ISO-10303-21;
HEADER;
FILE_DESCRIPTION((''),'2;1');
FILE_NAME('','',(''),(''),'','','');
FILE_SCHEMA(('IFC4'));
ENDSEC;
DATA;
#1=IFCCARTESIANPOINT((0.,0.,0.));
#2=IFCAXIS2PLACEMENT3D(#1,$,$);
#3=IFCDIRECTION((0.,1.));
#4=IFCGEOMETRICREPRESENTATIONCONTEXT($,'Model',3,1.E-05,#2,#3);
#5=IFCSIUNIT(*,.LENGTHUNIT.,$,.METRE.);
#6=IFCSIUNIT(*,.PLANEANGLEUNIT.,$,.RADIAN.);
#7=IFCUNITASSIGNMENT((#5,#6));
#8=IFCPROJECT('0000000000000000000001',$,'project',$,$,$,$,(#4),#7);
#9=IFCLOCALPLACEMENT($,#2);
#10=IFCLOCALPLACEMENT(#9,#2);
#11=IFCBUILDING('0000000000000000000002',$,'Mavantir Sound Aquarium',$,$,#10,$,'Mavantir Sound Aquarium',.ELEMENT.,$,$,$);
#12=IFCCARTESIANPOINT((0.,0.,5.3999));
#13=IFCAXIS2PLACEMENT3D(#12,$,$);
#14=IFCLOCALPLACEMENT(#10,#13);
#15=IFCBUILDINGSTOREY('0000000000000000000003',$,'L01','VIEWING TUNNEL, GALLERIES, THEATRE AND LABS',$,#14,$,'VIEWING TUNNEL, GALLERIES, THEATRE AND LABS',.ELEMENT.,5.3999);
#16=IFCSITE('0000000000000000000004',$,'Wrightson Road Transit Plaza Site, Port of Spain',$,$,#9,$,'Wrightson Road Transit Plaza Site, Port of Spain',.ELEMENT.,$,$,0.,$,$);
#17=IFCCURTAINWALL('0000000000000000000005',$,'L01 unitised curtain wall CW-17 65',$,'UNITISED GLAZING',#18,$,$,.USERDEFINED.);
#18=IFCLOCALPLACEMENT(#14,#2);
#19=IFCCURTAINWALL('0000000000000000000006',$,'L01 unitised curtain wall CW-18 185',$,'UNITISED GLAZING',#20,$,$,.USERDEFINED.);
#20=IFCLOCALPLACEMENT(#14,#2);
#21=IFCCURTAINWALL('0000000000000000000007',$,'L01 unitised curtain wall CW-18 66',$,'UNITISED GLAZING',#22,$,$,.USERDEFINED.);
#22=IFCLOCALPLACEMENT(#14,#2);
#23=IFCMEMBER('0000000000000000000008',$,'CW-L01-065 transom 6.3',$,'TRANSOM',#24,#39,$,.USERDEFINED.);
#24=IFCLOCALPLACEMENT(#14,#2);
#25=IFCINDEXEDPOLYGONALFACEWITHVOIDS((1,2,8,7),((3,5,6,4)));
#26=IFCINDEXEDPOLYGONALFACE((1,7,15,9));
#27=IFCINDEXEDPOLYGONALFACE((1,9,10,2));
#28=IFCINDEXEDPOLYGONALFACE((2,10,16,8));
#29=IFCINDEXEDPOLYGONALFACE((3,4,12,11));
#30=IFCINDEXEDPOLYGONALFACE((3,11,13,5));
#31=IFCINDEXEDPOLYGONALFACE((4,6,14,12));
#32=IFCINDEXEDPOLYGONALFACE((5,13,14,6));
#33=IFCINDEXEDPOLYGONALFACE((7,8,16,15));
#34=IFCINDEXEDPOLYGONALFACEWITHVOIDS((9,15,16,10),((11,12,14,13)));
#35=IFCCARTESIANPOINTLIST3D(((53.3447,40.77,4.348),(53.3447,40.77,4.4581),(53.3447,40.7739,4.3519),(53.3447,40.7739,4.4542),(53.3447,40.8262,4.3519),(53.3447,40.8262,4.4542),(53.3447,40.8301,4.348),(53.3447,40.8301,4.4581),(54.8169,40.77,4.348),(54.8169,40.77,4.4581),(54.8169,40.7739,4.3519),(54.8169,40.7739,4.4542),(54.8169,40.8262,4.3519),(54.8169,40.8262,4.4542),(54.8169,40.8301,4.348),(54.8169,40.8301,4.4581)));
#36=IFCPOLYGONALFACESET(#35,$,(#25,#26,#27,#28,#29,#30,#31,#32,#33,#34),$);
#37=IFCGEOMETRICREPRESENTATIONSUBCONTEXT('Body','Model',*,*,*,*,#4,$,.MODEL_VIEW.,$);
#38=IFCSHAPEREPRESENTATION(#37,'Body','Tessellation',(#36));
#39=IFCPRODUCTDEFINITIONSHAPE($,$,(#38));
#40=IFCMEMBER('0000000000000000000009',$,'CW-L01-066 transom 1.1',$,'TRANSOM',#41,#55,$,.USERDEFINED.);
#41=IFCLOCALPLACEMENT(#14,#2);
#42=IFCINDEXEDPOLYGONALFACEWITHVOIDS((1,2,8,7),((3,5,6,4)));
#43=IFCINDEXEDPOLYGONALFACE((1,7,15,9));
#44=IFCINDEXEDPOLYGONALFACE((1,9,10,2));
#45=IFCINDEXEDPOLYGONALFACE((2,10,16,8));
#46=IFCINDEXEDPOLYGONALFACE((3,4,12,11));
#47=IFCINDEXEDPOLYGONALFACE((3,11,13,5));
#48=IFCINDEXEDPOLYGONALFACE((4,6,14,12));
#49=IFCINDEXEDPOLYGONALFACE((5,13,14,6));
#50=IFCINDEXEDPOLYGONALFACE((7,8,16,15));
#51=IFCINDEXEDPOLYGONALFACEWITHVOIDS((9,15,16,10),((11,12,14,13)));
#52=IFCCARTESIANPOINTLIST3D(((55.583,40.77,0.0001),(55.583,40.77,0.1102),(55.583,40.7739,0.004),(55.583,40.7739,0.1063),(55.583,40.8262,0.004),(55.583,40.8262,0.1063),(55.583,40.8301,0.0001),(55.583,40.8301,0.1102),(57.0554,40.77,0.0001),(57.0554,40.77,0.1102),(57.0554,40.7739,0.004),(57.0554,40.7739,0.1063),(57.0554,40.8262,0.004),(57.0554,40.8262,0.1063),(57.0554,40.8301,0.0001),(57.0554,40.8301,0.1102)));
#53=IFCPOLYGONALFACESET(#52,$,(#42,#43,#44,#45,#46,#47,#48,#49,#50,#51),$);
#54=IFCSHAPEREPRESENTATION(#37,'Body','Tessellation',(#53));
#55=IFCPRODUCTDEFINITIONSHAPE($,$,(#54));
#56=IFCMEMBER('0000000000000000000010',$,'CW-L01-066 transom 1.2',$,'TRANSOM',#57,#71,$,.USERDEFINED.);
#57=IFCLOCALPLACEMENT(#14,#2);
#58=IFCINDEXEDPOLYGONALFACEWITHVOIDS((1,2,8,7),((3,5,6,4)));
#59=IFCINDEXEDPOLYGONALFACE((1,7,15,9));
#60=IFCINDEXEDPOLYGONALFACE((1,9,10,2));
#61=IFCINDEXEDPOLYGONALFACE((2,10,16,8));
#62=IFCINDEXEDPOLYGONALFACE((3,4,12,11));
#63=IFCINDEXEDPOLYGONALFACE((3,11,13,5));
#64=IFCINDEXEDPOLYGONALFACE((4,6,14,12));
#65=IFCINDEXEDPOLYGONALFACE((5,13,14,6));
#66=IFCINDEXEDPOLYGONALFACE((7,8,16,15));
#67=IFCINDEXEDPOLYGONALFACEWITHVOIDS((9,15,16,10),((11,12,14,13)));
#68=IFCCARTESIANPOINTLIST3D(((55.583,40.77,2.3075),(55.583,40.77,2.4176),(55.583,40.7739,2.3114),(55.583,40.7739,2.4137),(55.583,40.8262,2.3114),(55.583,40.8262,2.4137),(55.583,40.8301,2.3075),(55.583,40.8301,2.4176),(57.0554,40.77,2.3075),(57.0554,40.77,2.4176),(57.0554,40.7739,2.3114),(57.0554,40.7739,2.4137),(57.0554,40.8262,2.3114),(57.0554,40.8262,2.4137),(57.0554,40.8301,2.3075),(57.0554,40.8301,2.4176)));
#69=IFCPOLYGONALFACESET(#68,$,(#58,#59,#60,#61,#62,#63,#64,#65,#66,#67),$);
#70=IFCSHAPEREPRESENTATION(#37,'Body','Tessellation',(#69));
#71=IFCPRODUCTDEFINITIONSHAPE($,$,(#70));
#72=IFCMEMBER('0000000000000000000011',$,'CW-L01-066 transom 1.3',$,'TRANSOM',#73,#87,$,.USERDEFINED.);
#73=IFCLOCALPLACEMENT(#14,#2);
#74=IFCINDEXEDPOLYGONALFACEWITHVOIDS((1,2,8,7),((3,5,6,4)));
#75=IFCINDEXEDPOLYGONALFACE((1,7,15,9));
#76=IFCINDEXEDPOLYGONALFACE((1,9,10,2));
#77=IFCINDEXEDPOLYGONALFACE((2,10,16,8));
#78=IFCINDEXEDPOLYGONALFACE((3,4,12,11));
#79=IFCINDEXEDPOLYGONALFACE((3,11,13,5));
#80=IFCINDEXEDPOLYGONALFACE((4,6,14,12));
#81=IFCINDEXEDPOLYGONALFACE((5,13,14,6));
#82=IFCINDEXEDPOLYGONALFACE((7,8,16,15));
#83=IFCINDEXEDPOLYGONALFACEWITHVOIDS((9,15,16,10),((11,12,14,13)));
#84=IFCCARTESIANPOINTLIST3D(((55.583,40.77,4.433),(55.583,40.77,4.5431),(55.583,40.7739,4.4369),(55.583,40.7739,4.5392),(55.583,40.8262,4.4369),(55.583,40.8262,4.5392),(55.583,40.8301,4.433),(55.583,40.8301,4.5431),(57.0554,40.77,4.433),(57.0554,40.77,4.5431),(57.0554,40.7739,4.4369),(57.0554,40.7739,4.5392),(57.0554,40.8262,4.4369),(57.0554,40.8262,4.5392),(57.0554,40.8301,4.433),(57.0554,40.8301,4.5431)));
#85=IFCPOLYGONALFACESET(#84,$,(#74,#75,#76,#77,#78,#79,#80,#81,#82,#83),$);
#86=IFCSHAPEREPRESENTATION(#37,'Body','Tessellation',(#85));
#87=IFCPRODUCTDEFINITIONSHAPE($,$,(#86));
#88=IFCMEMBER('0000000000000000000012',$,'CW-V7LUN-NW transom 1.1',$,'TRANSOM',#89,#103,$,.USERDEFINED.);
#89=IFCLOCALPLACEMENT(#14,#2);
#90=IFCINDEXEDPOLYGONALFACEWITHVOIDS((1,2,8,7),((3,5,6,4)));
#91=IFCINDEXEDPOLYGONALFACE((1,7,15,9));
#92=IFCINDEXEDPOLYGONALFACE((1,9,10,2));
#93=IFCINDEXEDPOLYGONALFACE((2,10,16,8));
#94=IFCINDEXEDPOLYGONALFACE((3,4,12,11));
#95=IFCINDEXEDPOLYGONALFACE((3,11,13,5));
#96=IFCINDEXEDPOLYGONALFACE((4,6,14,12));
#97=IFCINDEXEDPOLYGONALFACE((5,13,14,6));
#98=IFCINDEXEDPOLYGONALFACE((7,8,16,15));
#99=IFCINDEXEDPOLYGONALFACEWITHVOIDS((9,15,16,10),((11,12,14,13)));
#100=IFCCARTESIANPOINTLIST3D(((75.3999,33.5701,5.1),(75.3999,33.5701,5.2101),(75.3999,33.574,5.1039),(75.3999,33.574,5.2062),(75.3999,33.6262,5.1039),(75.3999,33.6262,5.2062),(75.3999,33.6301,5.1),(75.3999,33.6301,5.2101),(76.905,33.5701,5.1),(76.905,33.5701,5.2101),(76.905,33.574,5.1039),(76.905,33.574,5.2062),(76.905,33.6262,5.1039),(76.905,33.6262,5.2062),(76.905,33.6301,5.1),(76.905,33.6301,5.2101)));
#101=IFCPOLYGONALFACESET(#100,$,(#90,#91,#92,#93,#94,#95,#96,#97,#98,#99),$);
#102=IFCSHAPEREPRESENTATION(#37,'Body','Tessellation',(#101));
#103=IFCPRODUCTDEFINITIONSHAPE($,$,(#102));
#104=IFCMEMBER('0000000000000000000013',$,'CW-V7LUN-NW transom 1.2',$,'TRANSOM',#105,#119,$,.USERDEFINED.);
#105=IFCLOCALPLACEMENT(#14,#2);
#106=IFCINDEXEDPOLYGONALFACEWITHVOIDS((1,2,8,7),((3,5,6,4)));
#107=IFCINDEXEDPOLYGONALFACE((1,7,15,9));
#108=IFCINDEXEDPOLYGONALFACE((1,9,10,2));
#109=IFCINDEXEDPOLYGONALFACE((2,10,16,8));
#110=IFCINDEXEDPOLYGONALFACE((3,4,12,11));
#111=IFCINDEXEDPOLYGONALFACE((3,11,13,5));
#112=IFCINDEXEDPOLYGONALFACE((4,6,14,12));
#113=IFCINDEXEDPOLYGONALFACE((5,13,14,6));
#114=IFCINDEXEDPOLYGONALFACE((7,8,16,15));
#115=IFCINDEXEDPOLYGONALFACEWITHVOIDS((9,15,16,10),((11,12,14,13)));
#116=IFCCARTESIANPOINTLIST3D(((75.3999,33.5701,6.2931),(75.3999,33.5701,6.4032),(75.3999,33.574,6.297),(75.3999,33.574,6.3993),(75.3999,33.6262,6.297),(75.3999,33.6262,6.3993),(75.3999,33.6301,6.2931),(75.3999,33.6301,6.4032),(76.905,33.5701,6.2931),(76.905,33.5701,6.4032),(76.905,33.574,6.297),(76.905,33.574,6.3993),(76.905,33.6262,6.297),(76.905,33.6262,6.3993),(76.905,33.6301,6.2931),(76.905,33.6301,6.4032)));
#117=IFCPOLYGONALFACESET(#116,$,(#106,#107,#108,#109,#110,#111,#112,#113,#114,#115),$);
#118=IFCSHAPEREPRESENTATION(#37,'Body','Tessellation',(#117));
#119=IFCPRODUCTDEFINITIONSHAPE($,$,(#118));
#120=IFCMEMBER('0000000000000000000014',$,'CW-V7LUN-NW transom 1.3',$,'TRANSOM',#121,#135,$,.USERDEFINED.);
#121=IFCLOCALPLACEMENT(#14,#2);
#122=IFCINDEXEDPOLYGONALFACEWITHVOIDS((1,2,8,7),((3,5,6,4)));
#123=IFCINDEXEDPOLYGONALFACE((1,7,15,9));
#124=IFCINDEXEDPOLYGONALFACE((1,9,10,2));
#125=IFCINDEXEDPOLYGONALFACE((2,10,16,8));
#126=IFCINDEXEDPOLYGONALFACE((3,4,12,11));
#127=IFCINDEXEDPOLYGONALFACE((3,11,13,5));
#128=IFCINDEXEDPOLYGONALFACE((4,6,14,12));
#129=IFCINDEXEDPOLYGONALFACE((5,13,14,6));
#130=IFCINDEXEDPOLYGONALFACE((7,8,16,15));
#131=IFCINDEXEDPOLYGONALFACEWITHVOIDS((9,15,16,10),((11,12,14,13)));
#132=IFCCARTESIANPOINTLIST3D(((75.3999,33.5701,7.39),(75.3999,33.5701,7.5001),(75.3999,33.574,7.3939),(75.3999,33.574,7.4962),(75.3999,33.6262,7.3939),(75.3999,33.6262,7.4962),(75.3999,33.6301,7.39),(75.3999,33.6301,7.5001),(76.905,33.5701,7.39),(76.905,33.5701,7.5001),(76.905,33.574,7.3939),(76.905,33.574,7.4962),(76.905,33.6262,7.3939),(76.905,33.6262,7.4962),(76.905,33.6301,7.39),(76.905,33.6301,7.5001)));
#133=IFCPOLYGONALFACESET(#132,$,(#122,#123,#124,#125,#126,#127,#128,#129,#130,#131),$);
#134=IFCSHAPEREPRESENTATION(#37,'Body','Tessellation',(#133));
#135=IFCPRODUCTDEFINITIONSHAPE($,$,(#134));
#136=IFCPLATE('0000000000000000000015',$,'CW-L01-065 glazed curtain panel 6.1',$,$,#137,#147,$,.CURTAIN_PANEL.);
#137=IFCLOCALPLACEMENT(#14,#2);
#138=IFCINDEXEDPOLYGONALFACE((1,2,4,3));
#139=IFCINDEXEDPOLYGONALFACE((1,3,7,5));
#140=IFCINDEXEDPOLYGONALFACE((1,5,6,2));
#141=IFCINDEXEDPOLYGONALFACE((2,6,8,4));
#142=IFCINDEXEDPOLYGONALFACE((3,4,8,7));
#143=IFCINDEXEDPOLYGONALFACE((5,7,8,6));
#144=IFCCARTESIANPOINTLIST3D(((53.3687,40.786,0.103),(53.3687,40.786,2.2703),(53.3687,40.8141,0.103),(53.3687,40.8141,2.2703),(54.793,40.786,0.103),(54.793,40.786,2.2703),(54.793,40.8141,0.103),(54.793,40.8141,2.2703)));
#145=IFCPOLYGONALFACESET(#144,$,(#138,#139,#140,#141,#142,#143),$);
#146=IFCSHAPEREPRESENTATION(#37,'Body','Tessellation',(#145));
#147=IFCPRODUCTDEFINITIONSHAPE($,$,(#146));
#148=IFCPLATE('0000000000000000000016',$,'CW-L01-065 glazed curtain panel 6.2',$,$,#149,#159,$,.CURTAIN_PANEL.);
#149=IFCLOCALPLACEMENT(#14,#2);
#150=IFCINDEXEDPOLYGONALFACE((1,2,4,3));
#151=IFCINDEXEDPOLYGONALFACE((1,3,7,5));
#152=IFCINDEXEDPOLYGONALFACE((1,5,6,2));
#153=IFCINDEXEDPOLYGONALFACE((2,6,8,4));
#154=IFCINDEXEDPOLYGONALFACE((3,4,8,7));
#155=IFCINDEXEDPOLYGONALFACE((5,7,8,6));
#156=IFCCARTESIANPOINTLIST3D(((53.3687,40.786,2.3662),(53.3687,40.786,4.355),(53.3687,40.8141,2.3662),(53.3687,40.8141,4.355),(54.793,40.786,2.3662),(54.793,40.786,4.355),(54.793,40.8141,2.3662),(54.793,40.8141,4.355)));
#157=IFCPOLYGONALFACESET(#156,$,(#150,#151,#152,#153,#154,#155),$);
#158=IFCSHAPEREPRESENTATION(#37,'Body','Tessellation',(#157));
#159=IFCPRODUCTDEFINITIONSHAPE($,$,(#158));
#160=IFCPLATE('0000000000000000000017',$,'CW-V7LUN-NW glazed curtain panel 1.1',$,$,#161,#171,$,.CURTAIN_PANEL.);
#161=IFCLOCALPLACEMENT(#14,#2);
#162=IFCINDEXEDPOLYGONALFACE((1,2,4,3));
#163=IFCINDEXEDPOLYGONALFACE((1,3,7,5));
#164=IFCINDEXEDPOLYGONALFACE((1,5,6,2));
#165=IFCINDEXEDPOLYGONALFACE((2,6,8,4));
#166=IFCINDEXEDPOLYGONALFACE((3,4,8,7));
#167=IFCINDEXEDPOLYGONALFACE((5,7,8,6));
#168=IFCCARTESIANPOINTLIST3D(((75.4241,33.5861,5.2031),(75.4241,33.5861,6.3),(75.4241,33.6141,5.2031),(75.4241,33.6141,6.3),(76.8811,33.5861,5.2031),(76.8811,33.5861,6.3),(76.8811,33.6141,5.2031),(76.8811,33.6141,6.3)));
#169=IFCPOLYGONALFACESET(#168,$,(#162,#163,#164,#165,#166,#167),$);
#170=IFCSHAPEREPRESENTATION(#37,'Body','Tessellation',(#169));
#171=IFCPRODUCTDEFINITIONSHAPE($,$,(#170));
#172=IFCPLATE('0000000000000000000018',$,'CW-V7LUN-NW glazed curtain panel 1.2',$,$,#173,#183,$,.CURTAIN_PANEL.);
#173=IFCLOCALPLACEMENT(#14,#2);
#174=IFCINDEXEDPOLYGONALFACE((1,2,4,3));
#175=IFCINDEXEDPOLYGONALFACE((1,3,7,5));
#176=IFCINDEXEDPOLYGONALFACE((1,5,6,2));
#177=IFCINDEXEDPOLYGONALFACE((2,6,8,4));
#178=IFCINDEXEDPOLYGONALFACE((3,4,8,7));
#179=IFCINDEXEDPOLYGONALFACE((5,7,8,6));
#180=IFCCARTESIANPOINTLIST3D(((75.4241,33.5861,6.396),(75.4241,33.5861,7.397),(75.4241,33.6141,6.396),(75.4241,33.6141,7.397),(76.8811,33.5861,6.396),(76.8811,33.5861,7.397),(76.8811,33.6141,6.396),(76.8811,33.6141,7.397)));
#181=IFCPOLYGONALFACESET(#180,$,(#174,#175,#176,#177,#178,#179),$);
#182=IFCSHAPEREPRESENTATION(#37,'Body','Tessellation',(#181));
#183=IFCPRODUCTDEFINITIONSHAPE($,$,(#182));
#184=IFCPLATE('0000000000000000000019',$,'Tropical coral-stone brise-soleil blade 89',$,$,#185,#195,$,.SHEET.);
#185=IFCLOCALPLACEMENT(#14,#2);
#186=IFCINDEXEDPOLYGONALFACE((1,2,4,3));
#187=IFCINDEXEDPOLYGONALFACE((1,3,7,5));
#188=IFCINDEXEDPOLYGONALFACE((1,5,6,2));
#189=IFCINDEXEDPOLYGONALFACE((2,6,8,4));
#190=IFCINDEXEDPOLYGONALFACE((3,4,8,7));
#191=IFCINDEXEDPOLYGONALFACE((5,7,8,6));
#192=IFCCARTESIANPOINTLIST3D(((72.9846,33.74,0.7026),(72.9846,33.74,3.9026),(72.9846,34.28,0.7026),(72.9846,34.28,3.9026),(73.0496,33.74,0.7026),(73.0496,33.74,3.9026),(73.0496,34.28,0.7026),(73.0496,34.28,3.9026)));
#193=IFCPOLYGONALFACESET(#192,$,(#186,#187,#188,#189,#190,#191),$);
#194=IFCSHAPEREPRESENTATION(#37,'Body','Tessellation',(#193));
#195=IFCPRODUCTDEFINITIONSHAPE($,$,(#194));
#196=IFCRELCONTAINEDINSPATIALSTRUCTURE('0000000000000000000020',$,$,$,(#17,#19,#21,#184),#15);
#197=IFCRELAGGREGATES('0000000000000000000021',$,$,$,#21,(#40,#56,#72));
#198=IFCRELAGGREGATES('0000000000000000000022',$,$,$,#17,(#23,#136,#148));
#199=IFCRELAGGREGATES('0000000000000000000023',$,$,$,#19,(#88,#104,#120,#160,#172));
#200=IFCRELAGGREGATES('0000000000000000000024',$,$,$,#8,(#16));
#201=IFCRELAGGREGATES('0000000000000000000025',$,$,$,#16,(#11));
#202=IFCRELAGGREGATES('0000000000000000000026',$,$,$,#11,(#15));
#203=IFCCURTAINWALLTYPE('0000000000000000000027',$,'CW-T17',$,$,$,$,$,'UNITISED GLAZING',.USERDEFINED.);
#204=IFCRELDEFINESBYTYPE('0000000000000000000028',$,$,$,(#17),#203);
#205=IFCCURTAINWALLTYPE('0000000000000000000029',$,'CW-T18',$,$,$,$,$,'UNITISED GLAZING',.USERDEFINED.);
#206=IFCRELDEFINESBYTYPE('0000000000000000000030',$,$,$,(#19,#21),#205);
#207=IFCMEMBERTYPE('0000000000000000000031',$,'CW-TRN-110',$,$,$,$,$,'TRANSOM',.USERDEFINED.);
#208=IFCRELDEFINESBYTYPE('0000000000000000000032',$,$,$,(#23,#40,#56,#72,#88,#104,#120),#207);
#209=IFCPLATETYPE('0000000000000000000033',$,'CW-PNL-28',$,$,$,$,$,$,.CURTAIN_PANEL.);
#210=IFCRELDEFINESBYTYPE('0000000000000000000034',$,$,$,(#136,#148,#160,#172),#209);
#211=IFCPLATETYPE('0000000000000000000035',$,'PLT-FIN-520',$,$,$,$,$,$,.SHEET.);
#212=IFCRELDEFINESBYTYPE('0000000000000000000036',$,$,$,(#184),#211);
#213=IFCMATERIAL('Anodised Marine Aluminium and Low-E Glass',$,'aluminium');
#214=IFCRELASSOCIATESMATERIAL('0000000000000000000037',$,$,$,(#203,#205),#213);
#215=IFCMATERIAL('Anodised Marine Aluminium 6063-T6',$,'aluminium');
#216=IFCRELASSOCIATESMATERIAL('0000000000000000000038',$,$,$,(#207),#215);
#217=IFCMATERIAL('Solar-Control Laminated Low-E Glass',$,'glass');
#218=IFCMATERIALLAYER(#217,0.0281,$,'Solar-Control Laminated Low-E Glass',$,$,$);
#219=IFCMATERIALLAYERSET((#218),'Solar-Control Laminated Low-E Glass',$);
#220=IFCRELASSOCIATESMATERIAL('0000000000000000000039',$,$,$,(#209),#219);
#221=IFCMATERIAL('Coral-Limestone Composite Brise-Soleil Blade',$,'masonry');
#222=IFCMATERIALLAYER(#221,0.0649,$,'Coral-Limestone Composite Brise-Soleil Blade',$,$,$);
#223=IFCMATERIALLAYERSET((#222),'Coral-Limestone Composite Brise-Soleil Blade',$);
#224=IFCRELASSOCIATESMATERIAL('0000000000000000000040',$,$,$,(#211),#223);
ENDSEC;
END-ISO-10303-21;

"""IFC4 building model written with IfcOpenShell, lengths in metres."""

from ifc_helpers import new_model, si_unit, direction, frame, origin, origin_2d, place, context, subcontext, project, spatial, rectangle, hollow_rectangle, extrude, material, layer, layer_set, material_profile, profile_set, type_object, element, aggregate, save


model = new_model("IFC4")

# Units and contexts
model_context = context("Model", 3, precision=1e-05, world=origin(), true_north=direction((0.0, 1.0)))
body_context = subcontext(model_context, "Body", "Model", "MODEL_VIEW")
ifc_project = project(units=[si_unit("LENGTHUNIT", "METRE"), si_unit("PLANEANGLEUNIT", "RADIAN")], contexts=[model_context])

# Site, building, storey
site_placement = place(None, origin())
site = spatial("IfcSite", under=ifc_project, at=site_placement, Name="Wrightson Road Transit Plaza Site, Port of Spain", LongName="Wrightson Road Transit Plaza Site, Port of Spain", CompositionType="ELEMENT", RefElevation=0.0)
building_placement = place(site_placement, origin())
building = spatial("IfcBuilding", under=site, at=building_placement, Name="Mavantir Sound Aquarium", LongName="Mavantir Sound Aquarium", CompositionType="ELEMENT")
storey_placement = place(building_placement, frame((0.0, 0.0, 5.3999)))
storey = spatial("IfcBuildingStorey", under=building, at=storey_placement, Name="L01", Description="VIEWING TUNNEL, GALLERIES, THEATRE AND LABS", LongName="VIEWING TUNNEL, GALLERIES, THEATRE AND LABS", CompositionType="ELEMENT", Elevation=5.3999)

# Curtain walls
ifc_material_1 = material(Name="Anodised Marine Aluminium and Low-E Glass", Category="aluminium")
curtain_wall_type_1 = type_object("IfcCurtainWallType", Name="CW-T17", ElementType="UNITISED GLAZING", PredefinedType="USERDEFINED", material=ifc_material_1)
curtain_wall_1_placement = place(storey_placement, origin())
curtain_wall_1 = element("IfcCurtainWall", 1, at=curtain_wall_1_placement, inside=storey, type_object=curtain_wall_type_1, Name="L01 unitised curtain wall CW-17 65", ObjectType="UNITISED GLAZING", PredefinedType="USERDEFINED")
ifc_material_2 = material(Name="Anodised Marine Aluminium 6063-T6", Category="aluminium")
curtain_wall_type_2 = type_object("IfcCurtainWallType", Name="CW-T18", ElementType="UNITISED GLAZING", PredefinedType="USERDEFINED", material=ifc_material_1)
curtain_wall_2_placement = place(storey_placement, origin())
curtain_wall_2 = element("IfcCurtainWall", 2, at=curtain_wall_2_placement, inside=storey, type_object=curtain_wall_type_2, Name="L01 unitised curtain wall CW-18 185", ObjectType="UNITISED GLAZING", PredefinedType="USERDEFINED")
curtain_wall_3_placement = place(storey_placement, origin())
curtain_wall_3 = element("IfcCurtainWall", 3, at=curtain_wall_3_placement, inside=storey, type_object=curtain_wall_type_2, Name="L01 unitised curtain wall CW-18 66", ObjectType="UNITISED GLAZING", PredefinedType="USERDEFINED")

# Members
ifc_material_profile_1 = material_profile(ifc_material_2, hollow_rectangle(XDim=0.0601, YDim=0.1101, WallThickness=0.0039, at=origin_2d()), Name="ALU-TRANSOM-110X60")
ifc_profile_set_1 = profile_set([ifc_material_profile_1], Name="Anodised Marine Aluminium 6063-T6")
member_type_1 = type_object("IfcMemberType", Name="CW-TRN-110", ElementType="TRANSOM", PredefinedType="USERDEFINED", material=ifc_profile_set_1)
member_1_placement = place(storey_placement, frame((53.3447, 40.8, 4.4031), z_axis=(1.0, 0.0, 0.0), x_axis=(0.0, 1.0, 0.0)))
member_1 = element("IfcMember", 4, at=member_1_placement, type_object=member_type_1, Name="CW-L01-065 transom 6.3", ObjectType="TRANSOM", PredefinedType="USERDEFINED", context=body_context, shape_type="SweptSolid", body=[
    extrude(hollow_rectangle(XDim=0.0601, YDim=0.1101, WallThickness=0.0039, at=origin_2d()), origin(), (0.0, 0.0, 1.0), 1.4722),
])
member_2_placement = place(storey_placement, frame((55.583, 40.8, 0.0552), z_axis=(1.0, 0.0, 0.0), x_axis=(0.0, 1.0, 0.0)))
member_2 = element("IfcMember", 5, at=member_2_placement, type_object=member_type_1, Name="CW-L01-066 transom 1.1", ObjectType="TRANSOM", PredefinedType="USERDEFINED", context=body_context, shape_type="SweptSolid", body=[
    extrude(hollow_rectangle(XDim=0.0601, YDim=0.1101, WallThickness=0.0039, at=origin_2d()), origin(), (0.0, 0.0, 1.0), 1.4724),
])
member_3_placement = place(storey_placement, frame((55.583, 40.8, 2.3625), z_axis=(1.0, 0.0, 0.0), x_axis=(0.0, 1.0, 0.0)))
member_3 = element("IfcMember", 6, at=member_3_placement, type_object=member_type_1, Name="CW-L01-066 transom 1.2", ObjectType="TRANSOM", PredefinedType="USERDEFINED", context=body_context, shape_type="SweptSolid", body=[
    extrude(hollow_rectangle(XDim=0.0601, YDim=0.1101, WallThickness=0.0039, at=origin_2d()), origin(), (0.0, 0.0, 1.0), 1.4724),
])
member_4_placement = place(storey_placement, frame((55.583, 40.8, 4.488), z_axis=(1.0, 0.0, 0.0), x_axis=(0.0, 1.0, 0.0)))
member_4 = element("IfcMember", 7, at=member_4_placement, type_object=member_type_1, Name="CW-L01-066 transom 1.3", ObjectType="TRANSOM", PredefinedType="USERDEFINED", context=body_context, shape_type="SweptSolid", body=[
    extrude(hollow_rectangle(XDim=0.0601, YDim=0.1101, WallThickness=0.0039, at=origin_2d()), origin(), (0.0, 0.0, 1.0), 1.4724),
])
aggregate(curtain_wall_3, [member_2, member_3, member_4])
member_5_placement = place(storey_placement, frame((75.3999, 33.6001, 5.155), z_axis=(1.0, 0.0, 0.0), x_axis=(0.0, 1.0, 0.0)))
member_5 = element("IfcMember", 8, at=member_5_placement, type_object=member_type_1, Name="CW-V7LUN-NW transom 1.1", ObjectType="TRANSOM", PredefinedType="USERDEFINED", context=body_context, shape_type="SweptSolid", body=[
    extrude(hollow_rectangle(XDim=0.0601, YDim=0.1101, WallThickness=0.0039, at=origin_2d()), origin(), (0.0, 0.0, 1.0), 1.5051),
])
member_6_placement = place(storey_placement, frame((75.3999, 33.6001, 6.3481), z_axis=(1.0, 0.0, 0.0), x_axis=(0.0, 1.0, 0.0)))
member_6 = element("IfcMember", 9, at=member_6_placement, type_object=member_type_1, Name="CW-V7LUN-NW transom 1.2", ObjectType="TRANSOM", PredefinedType="USERDEFINED", context=body_context, shape_type="SweptSolid", body=[
    extrude(hollow_rectangle(XDim=0.0601, YDim=0.1101, WallThickness=0.0039, at=origin_2d()), origin(), (0.0, 0.0, 1.0), 1.5051),
])
member_7_placement = place(storey_placement, frame((75.3999, 33.6001, 7.4451), z_axis=(1.0, 0.0, 0.0), x_axis=(0.0, 1.0, 0.0)))
member_7 = element("IfcMember", 10, at=member_7_placement, type_object=member_type_1, Name="CW-V7LUN-NW transom 1.3", ObjectType="TRANSOM", PredefinedType="USERDEFINED", context=body_context, shape_type="SweptSolid", body=[
    extrude(hollow_rectangle(XDim=0.0601, YDim=0.1101, WallThickness=0.0039, at=origin_2d()), origin(), (0.0, 0.0, 1.0), 1.5051),
])

# Plates
ifc_material_3 = material(Name="Solar-Control Laminated Low-E Glass", Category="glass")
ifc_layer_1 = layer(ifc_material_3, 0.0281, Name="Solar-Control Laminated Low-E Glass")
ifc_layer_set_1 = layer_set([ifc_layer_1], Name="Solar-Control Laminated Low-E Glass")
plate_type_1 = type_object("IfcPlateType", Name="CW-PNL-28", PredefinedType="CURTAIN_PANEL", material=ifc_layer_set_1)
plate_1_placement = place(storey_placement, frame((54.0808, 40.8, 0.103), z_axis=(0.0, 0.0, 1.0), x_axis=(1.0, 0.0, 0.0)))
plate_1 = element("IfcPlate", 11, at=plate_1_placement, type_object=plate_type_1, Name="CW-L01-065 glazed curtain panel 6.1", PredefinedType="CURTAIN_PANEL", context=body_context, shape_type="SweptSolid", body=[
    extrude(rectangle(XDim=1.4243, YDim=0.0281, at=origin_2d()), origin(), (0.0, 0.0, 1.0), 2.1672),
])
plate_2_placement = place(storey_placement, frame((54.0808, 40.8, 2.3662), z_axis=(0.0, 0.0, 1.0), x_axis=(1.0, 0.0, 0.0)))
plate_2 = element("IfcPlate", 12, at=plate_2_placement, type_object=plate_type_1, Name="CW-L01-065 glazed curtain panel 6.2", PredefinedType="CURTAIN_PANEL", context=body_context, shape_type="SweptSolid", body=[
    extrude(rectangle(XDim=1.4243, YDim=0.0281, at=origin_2d()), origin(), (0.0, 0.0, 1.0), 1.9888),
])
aggregate(curtain_wall_1, [member_1, plate_1, plate_2])
plate_3_placement = place(storey_placement, frame((76.1526, 33.6001, 5.2031), z_axis=(0.0, 0.0, 1.0), x_axis=(1.0, 0.0, 0.0)))
plate_3 = element("IfcPlate", 13, at=plate_3_placement, type_object=plate_type_1, Name="CW-V7LUN-NW glazed curtain panel 1.1", PredefinedType="CURTAIN_PANEL", context=body_context, shape_type="SweptSolid", body=[
    extrude(rectangle(XDim=1.457, YDim=0.0281, at=origin_2d()), origin(), (0.0, 0.0, 1.0), 1.0969),
])
plate_4_placement = place(storey_placement, frame((76.1526, 33.6001, 6.396), z_axis=(0.0, 0.0, 1.0), x_axis=(1.0, 0.0, 0.0)))
plate_4 = element("IfcPlate", 14, at=plate_4_placement, type_object=plate_type_1, Name="CW-V7LUN-NW glazed curtain panel 1.2", PredefinedType="CURTAIN_PANEL", context=body_context, shape_type="SweptSolid", body=[
    extrude(rectangle(XDim=1.457, YDim=0.0281, at=origin_2d()), origin(), (0.0, 0.0, 1.0), 1.001),
])
aggregate(curtain_wall_2, [member_5, member_6, member_7, plate_3, plate_4])

# Plate
ifc_material_4 = material(Name="Coral-Limestone Composite Brise-Soleil Blade", Category="masonry")
ifc_layer_2 = layer(ifc_material_4, 0.0649, Name="Coral-Limestone Composite Brise-Soleil Blade")
ifc_layer_set_2 = layer_set([ifc_layer_2], Name="Coral-Limestone Composite Brise-Soleil Blade")
plate_type_2 = type_object("IfcPlateType", Name="PLT-FIN-520", PredefinedType="SHEET", material=ifc_layer_set_2)
for number, where, z_axis, x_axis, name in (
    (15, (73.0171, 34.01, 0.7026), (0.0, 0.0, 1.0), (1.0, 0.0, 0.0), "Tropical coral-stone brise-soleil blade 89"),
):
    element("IfcPlate", number, at=place(storey_placement, frame(where, z_axis=z_axis, x_axis=x_axis)), inside=storey, type_object=plate_type_2, Name=name, PredefinedType="SHEET", context=body_context, shape_type="SweptSolid", body=[
        extrude(rectangle(XDim=0.0649, YDim=0.54, at=origin_2d()), origin(), (0.0, 0.0, 1.0), 3.2),
    ])

save(model, "model.ifc")
